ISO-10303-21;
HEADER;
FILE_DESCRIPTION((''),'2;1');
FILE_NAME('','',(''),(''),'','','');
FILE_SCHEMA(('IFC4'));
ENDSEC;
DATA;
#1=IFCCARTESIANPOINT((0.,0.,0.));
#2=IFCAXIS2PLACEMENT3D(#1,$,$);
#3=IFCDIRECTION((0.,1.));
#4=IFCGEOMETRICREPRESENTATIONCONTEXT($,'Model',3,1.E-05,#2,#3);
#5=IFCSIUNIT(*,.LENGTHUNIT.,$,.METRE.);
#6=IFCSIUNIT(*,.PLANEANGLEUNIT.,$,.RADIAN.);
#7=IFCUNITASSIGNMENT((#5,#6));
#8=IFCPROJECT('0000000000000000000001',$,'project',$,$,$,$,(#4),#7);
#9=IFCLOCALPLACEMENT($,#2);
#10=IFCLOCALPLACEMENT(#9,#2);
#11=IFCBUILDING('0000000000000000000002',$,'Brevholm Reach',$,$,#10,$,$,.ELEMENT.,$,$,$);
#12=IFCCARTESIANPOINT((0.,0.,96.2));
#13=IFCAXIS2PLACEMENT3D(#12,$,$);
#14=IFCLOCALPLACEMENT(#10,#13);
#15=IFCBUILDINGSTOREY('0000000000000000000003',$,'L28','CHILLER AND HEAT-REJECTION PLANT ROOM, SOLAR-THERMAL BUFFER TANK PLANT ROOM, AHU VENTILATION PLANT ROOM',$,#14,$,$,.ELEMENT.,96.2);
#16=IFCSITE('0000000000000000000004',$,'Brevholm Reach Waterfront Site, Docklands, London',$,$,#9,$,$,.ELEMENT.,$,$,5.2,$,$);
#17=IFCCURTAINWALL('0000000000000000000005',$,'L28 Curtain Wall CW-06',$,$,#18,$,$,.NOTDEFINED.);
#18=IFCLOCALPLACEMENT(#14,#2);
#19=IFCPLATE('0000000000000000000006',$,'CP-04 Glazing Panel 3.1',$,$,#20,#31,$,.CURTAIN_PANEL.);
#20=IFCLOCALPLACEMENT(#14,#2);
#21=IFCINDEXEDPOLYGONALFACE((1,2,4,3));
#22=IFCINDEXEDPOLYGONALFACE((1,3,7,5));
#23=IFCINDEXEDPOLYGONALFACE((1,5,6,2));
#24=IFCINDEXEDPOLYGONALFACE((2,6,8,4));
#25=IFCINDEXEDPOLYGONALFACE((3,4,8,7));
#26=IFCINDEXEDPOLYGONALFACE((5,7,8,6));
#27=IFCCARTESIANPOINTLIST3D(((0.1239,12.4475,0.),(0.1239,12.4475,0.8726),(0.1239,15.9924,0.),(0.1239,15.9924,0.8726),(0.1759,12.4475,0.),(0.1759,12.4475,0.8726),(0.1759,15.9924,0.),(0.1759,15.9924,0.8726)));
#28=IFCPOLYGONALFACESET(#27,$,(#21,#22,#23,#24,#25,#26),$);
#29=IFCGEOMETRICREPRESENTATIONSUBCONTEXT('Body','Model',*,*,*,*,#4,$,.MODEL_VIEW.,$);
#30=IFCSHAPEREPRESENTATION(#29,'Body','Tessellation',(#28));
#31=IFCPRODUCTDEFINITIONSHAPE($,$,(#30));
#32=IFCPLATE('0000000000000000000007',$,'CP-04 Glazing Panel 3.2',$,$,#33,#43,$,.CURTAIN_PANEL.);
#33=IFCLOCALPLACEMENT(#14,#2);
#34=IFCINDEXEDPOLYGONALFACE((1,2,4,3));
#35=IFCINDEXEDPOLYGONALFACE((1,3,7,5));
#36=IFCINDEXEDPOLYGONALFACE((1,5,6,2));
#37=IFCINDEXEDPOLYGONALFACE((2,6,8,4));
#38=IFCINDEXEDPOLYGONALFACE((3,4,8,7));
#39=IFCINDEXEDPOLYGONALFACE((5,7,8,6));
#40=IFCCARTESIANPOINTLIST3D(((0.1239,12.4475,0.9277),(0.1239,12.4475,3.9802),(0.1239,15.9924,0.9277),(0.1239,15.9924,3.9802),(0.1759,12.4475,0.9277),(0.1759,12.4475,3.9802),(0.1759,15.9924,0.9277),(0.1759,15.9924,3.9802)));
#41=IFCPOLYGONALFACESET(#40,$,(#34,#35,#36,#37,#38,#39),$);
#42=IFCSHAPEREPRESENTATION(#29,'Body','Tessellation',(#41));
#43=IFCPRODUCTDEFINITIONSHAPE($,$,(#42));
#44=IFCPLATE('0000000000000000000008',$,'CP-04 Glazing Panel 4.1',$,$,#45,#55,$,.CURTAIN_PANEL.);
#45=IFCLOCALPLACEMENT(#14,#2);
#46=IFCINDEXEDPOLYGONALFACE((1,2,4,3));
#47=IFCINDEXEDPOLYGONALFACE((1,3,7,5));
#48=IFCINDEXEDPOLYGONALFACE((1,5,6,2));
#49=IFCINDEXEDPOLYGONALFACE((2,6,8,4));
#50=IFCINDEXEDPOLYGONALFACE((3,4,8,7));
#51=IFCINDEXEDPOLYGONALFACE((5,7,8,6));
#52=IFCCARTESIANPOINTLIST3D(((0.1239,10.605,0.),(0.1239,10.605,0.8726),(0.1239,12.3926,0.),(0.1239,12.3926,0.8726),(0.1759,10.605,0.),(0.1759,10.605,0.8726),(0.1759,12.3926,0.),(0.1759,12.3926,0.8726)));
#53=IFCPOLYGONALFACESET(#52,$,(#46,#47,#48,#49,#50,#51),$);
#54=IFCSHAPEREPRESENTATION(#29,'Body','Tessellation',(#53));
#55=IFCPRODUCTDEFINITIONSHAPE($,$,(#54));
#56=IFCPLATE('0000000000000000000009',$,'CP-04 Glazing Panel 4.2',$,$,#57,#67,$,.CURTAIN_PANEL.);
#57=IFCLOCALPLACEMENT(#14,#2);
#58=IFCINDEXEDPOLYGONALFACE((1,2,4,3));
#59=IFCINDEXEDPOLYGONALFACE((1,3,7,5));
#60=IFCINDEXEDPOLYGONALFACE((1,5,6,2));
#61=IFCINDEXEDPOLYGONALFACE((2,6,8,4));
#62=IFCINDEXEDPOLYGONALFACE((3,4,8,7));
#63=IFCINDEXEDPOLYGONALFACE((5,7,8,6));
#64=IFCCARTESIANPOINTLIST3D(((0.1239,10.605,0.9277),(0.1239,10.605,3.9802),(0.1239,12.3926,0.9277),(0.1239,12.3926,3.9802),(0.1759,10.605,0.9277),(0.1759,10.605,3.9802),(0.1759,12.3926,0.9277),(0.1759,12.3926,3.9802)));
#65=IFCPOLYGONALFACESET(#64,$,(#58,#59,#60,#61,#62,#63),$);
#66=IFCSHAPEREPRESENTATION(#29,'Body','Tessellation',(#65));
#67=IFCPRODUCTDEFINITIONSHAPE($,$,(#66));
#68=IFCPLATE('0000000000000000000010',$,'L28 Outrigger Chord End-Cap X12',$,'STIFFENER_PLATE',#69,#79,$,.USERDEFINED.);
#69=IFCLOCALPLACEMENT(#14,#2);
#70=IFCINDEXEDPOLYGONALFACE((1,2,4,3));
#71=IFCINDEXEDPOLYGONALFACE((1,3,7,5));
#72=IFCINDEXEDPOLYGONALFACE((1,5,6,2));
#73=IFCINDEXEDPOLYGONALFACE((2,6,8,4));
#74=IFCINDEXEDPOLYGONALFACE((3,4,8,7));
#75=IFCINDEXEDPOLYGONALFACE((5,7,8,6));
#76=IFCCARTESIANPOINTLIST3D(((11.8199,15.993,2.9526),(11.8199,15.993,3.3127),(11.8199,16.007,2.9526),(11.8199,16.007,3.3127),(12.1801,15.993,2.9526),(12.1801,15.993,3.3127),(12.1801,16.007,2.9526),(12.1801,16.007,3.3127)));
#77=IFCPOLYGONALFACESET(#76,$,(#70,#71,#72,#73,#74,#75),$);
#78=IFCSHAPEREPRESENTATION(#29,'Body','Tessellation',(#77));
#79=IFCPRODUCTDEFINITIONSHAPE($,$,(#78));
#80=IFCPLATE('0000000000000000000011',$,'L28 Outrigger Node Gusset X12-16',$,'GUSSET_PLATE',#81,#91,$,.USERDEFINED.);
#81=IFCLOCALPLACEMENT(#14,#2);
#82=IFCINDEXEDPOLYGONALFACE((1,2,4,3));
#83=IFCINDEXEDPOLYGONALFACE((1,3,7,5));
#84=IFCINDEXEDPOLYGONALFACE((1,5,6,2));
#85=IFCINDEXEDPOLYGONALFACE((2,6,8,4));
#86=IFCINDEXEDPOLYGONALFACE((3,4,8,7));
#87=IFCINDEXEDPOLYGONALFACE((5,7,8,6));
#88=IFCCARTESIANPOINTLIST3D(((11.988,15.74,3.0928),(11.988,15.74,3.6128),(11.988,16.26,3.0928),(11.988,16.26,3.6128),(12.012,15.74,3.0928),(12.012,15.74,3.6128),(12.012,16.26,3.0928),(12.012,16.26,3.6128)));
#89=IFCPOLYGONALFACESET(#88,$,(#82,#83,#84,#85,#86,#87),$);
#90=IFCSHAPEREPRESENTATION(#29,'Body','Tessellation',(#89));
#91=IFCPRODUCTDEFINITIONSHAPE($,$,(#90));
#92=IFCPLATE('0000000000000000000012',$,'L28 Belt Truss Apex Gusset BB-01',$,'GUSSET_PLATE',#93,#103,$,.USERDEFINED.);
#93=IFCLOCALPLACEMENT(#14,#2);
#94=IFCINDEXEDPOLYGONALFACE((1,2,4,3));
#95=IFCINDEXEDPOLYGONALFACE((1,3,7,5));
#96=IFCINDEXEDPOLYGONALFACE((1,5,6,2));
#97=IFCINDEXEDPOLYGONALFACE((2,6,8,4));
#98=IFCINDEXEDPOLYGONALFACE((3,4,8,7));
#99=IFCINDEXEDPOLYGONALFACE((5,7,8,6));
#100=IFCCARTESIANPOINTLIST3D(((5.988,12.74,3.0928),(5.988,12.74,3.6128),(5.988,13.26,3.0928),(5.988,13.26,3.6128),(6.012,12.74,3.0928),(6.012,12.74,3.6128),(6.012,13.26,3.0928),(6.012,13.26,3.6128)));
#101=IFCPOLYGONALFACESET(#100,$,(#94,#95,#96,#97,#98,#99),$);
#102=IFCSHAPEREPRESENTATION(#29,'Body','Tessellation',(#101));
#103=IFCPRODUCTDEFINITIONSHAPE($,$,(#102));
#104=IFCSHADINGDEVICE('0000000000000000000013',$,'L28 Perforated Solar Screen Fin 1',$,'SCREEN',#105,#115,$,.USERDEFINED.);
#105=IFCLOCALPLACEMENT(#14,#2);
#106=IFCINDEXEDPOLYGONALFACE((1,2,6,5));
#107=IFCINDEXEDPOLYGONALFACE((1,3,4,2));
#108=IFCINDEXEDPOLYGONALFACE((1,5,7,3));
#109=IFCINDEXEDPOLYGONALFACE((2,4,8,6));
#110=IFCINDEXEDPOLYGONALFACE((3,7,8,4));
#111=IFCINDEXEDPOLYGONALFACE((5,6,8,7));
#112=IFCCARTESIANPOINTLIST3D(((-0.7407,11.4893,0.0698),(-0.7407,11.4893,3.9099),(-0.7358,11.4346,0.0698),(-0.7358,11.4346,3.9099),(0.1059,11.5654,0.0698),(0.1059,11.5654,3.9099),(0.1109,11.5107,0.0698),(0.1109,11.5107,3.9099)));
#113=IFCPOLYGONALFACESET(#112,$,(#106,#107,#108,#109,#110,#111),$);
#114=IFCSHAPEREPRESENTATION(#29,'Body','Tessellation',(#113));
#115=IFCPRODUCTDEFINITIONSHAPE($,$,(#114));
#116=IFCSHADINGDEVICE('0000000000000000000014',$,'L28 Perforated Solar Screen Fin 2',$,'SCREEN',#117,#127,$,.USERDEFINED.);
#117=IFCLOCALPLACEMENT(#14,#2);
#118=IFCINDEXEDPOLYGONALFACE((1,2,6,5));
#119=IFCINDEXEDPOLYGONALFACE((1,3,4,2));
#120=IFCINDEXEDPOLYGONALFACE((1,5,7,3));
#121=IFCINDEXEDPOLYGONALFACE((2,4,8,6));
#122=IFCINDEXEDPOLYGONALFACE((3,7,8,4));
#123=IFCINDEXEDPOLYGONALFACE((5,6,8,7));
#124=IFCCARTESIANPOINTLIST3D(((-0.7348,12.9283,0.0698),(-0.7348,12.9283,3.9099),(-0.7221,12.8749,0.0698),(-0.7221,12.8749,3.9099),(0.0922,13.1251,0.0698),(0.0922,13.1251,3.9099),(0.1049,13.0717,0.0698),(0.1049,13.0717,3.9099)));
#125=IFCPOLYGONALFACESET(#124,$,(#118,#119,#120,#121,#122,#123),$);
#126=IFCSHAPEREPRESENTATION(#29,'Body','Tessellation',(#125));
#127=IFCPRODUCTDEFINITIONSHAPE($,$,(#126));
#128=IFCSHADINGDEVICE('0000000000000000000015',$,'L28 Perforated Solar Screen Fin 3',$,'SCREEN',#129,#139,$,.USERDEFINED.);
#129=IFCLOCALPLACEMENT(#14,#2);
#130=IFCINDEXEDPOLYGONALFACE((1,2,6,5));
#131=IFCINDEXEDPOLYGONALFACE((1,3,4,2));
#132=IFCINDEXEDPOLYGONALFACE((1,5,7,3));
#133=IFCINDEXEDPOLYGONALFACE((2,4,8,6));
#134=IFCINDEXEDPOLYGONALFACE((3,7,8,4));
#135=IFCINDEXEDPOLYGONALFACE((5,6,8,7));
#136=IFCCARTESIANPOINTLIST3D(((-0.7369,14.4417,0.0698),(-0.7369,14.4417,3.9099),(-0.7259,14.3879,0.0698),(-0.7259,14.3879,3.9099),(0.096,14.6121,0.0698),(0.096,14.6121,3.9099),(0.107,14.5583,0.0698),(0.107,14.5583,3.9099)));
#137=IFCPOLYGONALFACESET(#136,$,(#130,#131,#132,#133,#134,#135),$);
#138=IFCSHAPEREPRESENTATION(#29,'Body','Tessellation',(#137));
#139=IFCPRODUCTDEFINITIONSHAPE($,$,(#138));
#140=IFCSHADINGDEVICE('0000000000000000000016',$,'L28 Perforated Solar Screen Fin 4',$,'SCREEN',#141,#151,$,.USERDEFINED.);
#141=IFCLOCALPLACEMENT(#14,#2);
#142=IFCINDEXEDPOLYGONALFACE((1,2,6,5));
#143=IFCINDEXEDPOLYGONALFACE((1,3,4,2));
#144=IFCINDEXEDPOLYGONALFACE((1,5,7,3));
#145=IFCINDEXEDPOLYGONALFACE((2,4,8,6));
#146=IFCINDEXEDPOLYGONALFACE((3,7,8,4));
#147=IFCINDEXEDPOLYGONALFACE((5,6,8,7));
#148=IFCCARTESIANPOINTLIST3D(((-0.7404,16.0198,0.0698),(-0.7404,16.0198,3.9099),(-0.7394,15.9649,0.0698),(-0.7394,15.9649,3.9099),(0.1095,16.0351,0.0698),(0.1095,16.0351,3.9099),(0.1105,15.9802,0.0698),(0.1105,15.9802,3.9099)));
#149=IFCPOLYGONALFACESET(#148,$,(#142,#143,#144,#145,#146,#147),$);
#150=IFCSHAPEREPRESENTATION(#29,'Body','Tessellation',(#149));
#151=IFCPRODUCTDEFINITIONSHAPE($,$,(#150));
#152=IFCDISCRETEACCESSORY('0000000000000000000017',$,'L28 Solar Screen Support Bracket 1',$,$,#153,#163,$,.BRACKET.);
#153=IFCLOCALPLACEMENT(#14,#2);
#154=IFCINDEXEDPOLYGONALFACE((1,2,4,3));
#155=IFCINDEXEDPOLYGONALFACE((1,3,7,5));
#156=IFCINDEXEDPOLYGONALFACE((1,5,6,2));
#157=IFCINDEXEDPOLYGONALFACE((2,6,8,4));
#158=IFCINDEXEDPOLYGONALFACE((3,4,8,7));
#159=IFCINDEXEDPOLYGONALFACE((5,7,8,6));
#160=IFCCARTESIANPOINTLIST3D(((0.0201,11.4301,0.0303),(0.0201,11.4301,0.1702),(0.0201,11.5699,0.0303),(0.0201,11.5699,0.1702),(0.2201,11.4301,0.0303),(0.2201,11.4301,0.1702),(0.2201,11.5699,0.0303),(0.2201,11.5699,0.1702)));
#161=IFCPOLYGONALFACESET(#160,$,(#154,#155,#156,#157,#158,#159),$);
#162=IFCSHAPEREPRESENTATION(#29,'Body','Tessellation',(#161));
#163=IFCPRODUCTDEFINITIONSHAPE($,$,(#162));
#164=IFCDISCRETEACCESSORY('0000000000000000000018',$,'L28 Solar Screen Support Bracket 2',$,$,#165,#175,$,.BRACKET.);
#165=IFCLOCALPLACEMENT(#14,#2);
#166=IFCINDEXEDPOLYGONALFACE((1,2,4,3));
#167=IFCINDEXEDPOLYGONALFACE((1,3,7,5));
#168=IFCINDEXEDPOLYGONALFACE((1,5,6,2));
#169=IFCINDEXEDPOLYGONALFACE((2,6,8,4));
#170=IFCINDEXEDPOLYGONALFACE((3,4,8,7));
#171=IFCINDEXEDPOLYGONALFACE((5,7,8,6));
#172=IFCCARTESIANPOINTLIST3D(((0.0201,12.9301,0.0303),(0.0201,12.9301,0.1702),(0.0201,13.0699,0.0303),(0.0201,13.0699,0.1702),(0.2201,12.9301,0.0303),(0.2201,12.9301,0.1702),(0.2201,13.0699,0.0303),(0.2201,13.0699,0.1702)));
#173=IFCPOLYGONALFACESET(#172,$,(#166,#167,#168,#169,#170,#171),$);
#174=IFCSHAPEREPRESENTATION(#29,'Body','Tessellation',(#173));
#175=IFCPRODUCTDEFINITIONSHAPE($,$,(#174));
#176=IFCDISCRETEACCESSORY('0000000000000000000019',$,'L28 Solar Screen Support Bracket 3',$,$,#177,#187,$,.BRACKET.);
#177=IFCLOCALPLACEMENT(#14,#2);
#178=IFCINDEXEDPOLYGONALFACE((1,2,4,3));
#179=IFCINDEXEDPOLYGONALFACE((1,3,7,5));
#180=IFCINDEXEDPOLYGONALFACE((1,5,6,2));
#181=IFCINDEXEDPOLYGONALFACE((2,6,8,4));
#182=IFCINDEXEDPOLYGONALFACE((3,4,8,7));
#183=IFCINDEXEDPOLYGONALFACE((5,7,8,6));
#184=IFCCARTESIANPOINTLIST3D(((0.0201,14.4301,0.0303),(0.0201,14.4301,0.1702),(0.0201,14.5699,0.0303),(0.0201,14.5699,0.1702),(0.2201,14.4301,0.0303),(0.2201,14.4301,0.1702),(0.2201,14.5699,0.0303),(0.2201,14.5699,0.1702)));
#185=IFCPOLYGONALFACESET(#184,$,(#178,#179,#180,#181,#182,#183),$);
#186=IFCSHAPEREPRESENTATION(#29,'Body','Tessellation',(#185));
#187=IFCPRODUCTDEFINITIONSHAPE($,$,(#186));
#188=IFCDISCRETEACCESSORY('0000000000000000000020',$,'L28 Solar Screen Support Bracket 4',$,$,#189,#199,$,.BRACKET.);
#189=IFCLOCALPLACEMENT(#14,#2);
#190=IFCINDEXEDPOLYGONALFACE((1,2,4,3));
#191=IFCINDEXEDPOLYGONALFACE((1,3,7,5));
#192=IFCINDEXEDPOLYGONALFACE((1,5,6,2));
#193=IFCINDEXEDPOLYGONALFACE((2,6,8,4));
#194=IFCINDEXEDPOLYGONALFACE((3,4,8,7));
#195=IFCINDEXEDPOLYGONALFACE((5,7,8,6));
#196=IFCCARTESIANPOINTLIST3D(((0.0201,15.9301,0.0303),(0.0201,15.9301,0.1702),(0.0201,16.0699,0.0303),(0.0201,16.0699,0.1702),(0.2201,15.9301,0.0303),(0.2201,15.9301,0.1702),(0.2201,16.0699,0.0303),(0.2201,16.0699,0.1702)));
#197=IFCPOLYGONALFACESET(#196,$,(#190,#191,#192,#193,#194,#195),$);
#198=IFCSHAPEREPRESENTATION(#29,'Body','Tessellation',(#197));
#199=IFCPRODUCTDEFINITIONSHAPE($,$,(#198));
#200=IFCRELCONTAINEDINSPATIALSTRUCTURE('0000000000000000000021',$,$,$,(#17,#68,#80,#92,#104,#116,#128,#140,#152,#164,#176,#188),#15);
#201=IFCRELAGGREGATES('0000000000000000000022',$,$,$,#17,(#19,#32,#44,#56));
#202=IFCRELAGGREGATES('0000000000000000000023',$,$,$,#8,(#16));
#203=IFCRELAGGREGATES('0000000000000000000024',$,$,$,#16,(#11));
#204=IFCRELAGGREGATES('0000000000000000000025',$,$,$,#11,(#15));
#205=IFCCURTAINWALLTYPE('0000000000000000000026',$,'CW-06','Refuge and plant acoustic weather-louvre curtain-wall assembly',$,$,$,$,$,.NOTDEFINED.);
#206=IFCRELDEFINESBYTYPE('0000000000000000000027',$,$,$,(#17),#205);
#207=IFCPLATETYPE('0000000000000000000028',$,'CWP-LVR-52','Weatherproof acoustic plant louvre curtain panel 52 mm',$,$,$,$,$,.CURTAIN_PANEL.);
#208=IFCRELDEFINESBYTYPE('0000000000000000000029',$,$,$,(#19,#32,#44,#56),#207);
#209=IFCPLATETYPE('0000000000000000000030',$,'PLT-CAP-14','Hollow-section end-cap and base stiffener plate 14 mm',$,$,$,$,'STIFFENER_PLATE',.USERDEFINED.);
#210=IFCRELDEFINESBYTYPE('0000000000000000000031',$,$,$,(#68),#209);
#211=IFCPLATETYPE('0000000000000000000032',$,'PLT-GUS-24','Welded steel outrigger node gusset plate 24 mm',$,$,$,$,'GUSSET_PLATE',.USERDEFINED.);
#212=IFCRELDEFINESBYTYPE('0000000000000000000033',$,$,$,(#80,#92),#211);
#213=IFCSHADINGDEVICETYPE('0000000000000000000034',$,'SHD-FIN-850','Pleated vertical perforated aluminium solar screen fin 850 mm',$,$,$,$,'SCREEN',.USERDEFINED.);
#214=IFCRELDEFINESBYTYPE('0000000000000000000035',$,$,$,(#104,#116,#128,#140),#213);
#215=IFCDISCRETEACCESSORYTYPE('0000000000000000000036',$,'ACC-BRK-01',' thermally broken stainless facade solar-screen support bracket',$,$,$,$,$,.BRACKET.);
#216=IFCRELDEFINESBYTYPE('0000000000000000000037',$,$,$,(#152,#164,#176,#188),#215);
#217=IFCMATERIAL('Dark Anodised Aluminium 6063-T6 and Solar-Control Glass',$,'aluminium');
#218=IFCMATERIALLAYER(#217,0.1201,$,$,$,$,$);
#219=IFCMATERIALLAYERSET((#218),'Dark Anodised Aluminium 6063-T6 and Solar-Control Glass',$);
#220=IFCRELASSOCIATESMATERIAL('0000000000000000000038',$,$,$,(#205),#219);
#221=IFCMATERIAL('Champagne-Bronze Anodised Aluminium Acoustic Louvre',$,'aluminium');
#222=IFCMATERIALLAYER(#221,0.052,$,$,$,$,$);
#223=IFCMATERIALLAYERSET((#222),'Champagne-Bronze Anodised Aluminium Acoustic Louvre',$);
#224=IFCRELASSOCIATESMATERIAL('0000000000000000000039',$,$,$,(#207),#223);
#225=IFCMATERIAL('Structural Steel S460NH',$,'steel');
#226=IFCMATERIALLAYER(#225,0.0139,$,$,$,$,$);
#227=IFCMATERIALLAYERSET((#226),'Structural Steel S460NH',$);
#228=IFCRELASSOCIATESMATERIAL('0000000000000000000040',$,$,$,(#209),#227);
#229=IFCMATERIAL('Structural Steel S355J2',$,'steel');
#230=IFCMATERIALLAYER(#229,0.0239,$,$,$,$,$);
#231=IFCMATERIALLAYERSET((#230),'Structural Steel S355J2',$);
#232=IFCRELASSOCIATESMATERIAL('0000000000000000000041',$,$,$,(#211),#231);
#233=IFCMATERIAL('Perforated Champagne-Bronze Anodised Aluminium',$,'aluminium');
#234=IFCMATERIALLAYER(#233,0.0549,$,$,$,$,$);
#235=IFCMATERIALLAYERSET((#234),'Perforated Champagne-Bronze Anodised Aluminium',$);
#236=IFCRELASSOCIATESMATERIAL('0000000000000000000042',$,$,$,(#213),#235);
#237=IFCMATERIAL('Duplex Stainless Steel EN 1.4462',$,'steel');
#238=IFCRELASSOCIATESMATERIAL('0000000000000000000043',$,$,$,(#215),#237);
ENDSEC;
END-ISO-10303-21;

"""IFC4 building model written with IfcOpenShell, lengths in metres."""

from ifc_helpers import new_model, si_unit, direction, frame, origin, origin_2d, place, context, subcontext, project, spatial, rectangle, extrude, material, layer, layer_set, type_object, element, aggregate, save


model = new_model("IFC4")

# Units and contexts
model_context = context("Model", 3, precision=1e-05, world=origin(), true_north=direction((0.0, 1.0)))
body_context = subcontext(model_context, "Body", "Model", "MODEL_VIEW")
ifc_project = project(units=[si_unit("LENGTHUNIT", "METRE"), si_unit("PLANEANGLEUNIT", "RADIAN")], contexts=[model_context])

# Site, building, storey
site_placement = place(None, origin())
site = spatial("IfcSite", under=ifc_project, at=site_placement, Name="Brevholm Reach Waterfront Site, Docklands, London", CompositionType="ELEMENT", RefElevation=5.2)
building_placement = place(site_placement, origin())
building = spatial("IfcBuilding", under=site, at=building_placement, Name="Brevholm Reach", CompositionType="ELEMENT")
storey_placement = place(building_placement, frame((0.0, 0.0, 96.2)))
storey = spatial("IfcBuildingStorey", under=building, at=storey_placement, Name="L28", Description="CHILLER AND HEAT-REJECTION PLANT ROOM, SOLAR-THERMAL BUFFER TANK PLANT ROOM, AHU VENTILATION PLANT ROOM", CompositionType="ELEMENT", Elevation=96.2)

# Curtain wall
ifc_material_1 = material(Name="Dark Anodised Aluminium 6063-T6 and Solar-Control Glass", Category="aluminium")
ifc_layer_1 = layer(ifc_material_1, 0.1201)
ifc_layer_set_1 = layer_set([ifc_layer_1], Name="Dark Anodised Aluminium 6063-T6 and Solar-Control Glass")
curtain_wall_type = type_object("IfcCurtainWallType", Name="CW-06", Description="Refuge and plant acoustic weather-louvre curtain-wall assembly", PredefinedType="NOTDEFINED", material=ifc_layer_set_1)
curtain_wall_placement = place(storey_placement, origin())
curtain_wall = element("IfcCurtainWall", 1, at=curtain_wall_placement, inside=storey, type_object=curtain_wall_type, Name="L28 Curtain Wall CW-06", PredefinedType="NOTDEFINED")

# Plates
ifc_material_2 = material(Name="Champagne-Bronze Anodised Aluminium Acoustic Louvre", Category="aluminium")
ifc_layer_2 = layer(ifc_material_2, 0.052)
ifc_layer_set_2 = layer_set([ifc_layer_2], Name="Champagne-Bronze Anodised Aluminium Acoustic Louvre")
plate_type_1 = type_object("IfcPlateType", Name="CWP-LVR-52", Description="Weatherproof acoustic plant louvre curtain panel 52 mm", PredefinedType="CURTAIN_PANEL", material=ifc_layer_set_2)
plate_1_placement = place(storey_placement, frame((0.1499, 14.22, 0.0), z_axis=(0.0, 0.0, 1.0), x_axis=(0.0, -1.0, 0.0)))
plate_1 = element("IfcPlate", 2, at=plate_1_placement, type_object=plate_type_1, Name="CP-04 Glazing Panel 3.1", PredefinedType="CURTAIN_PANEL", context=body_context, shape_type="SweptSolid", body=[
    extrude(rectangle(XDim=3.5449, YDim=0.052, at=origin_2d()), origin(), (0.0, 0.0, 1.0), 0.8726),
])
plate_2_placement = place(storey_placement, frame((0.1499, 14.22, 0.9277), z_axis=(0.0, 0.0, 1.0), x_axis=(0.0, -1.0, 0.0)))
plate_2 = element("IfcPlate", 3, at=plate_2_placement, type_object=plate_type_1, Name="CP-04 Glazing Panel 3.2", PredefinedType="CURTAIN_PANEL", context=body_context, shape_type="SweptSolid", body=[
    extrude(rectangle(XDim=3.5449, YDim=0.052, at=origin_2d()), origin(), (0.0, 0.0, 1.0), 3.0525),
])
plate_3_placement = place(storey_placement, frame((0.1499, 11.4988, 0.0), z_axis=(0.0, 0.0, 1.0), x_axis=(0.0, -1.0, 0.0)))
plate_3 = element("IfcPlate", 4, at=plate_3_placement, type_object=plate_type_1, Name="CP-04 Glazing Panel 4.1", PredefinedType="CURTAIN_PANEL", context=body_context, shape_type="SweptSolid", body=[
    extrude(rectangle(XDim=1.7876, YDim=0.052, at=origin_2d()), origin(), (0.0, 0.0, 1.0), 0.8726),
])
plate_4_placement = place(storey_placement, frame((0.1499, 11.4988, 0.9277), z_axis=(0.0, 0.0, 1.0), x_axis=(0.0, -1.0, 0.0)))
plate_4 = element("IfcPlate", 5, at=plate_4_placement, type_object=plate_type_1, Name="CP-04 Glazing Panel 4.2", PredefinedType="CURTAIN_PANEL", context=body_context, shape_type="SweptSolid", body=[
    extrude(rectangle(XDim=1.7876, YDim=0.052, at=origin_2d()), origin(), (0.0, 0.0, 1.0), 3.0525),
])
aggregate(curtain_wall, [plate_1, plate_2, plate_3, plate_4])

# Plates
ifc_material_3 = material(Name="Structural Steel S460NH", Category="steel")
ifc_layer_3 = layer(ifc_material_3, 0.0139)
ifc_layer_set_3 = layer_set([ifc_layer_3], Name="Structural Steel S460NH")
plate_type_2 = type_object("IfcPlateType", Name="PLT-CAP-14", Description="Hollow-section end-cap and base stiffener plate 14 mm", ElementType="STIFFENER_PLATE", PredefinedType="USERDEFINED", material=ifc_layer_set_3)
plate_5_placement = place(storey_placement, frame((12.0, 16.0, 2.9526), z_axis=(0.0, 0.0, 1.0), x_axis=(1.0, 0.0, 0.0)))
element("IfcPlate", 6, at=plate_5_placement, inside=storey, type_object=plate_type_2, Name="L28 Outrigger Chord End-Cap X12", ObjectType="STIFFENER_PLATE", PredefinedType="USERDEFINED", context=body_context, shape_type="SweptSolid", body=[
    extrude(rectangle(XDim=0.3601, YDim=0.0139, at=origin_2d()), origin(), (0.0, 0.0, 1.0), 0.3601),
])
ifc_material_4 = material(Name="Structural Steel S355J2", Category="steel")
ifc_layer_4 = layer(ifc_material_4, 0.0239)
ifc_layer_set_4 = layer_set([ifc_layer_4], Name="Structural Steel S355J2")
plate_type_3 = type_object("IfcPlateType", Name="PLT-GUS-24", Description="Welded steel outrigger node gusset plate 24 mm", ElementType="GUSSET_PLATE", PredefinedType="USERDEFINED", material=ifc_layer_set_4)
for number, where, z_axis, x_axis, name in (
    (7, (12.0, 16.0, 3.0928), (0.0, 0.0, 1.0), (1.0, 0.0, 0.0), "L28 Outrigger Node Gusset X12-16"),
    (8, (6.0, 13.0, 3.0928), (0.0, 0.0, 1.0), (1.0, 0.0, 0.0), "L28 Belt Truss Apex Gusset BB-01"),
):
    element("IfcPlate", number, at=place(storey_placement, frame(where, z_axis=z_axis, x_axis=x_axis)), inside=storey, type_object=plate_type_3, Name=name, ObjectType="GUSSET_PLATE", PredefinedType="USERDEFINED", context=body_context, shape_type="SweptSolid", body=[
        extrude(rectangle(XDim=0.0239, YDim=0.52, at=origin_2d()), origin(), (0.0, 0.0, 1.0), 0.52),
    ])

# Shading devices
ifc_material_5 = material(Name="Perforated Champagne-Bronze Anodised Aluminium", Category="aluminium")
ifc_layer_5 = layer(ifc_material_5, 0.0549)
ifc_layer_set_5 = layer_set([ifc_layer_5], Name="Perforated Champagne-Bronze Anodised Aluminium")
shading_device_type = type_object("IfcShadingDeviceType", Name="SHD-FIN-850", Description="Pleated vertical perforated aluminium solar screen fin 850 mm", ElementType="SCREEN", PredefinedType="USERDEFINED", material=ifc_layer_set_5)
for number, where, z_axis, x_axis, name in (
    (9, (-0.3149, 11.5, 0.0698), (0.0, 0.0, 1.0), (-0.995993, -0.089433, 0.0), "L28 Perforated Solar Screen Fin 1"),
    (10, (-0.3149, 13.0, 0.0698), (0.0, 0.0, 1.0), (-0.972845, -0.231459, 0.0), "L28 Perforated Solar Screen Fin 2"),
    (11, (-0.3149, 14.5, 0.0698), (0.0, 0.0, 1.0), (-0.979722, -0.20036, 0.0), "L28 Perforated Solar Screen Fin 3"),
    (12, (-0.3149, 16.0, 0.0698), (0.0, 0.0, 1.0), (-0.999839, -0.017958, 0.0), "L28 Perforated Solar Screen Fin 4"),
):
    element("IfcShadingDevice", number, at=place(storey_placement, frame(where, z_axis=z_axis, x_axis=x_axis)), inside=storey, type_object=shading_device_type, Name=name, ObjectType="SCREEN", PredefinedType="USERDEFINED", context=body_context, shape_type="SweptSolid", body=[
        extrude(rectangle(XDim=0.8501, YDim=0.0549, at=origin_2d()), origin(), (0.0, 0.0, 1.0), 3.8401),
    ])

# Discrete accessories
ifc_material_6 = material(Name="Duplex Stainless Steel EN 1.4462", Category="steel")
discrete_accessory_type = type_object("IfcDiscreteAccessoryType", Name="ACC-BRK-01", Description=" thermally broken stainless facade solar-screen support bracket", PredefinedType="BRACKET", material=ifc_material_6)
for number, where, z_axis, x_axis, name in (
    (13, (0.1201, 11.5, 0.0303), (0.0, 0.0, 1.0), (-1.0, 0.0, 0.0), "L28 Solar Screen Support Bracket 1"),
    (14, (0.1201, 13.0, 0.0303), (0.0, 0.0, 1.0), (-1.0, 0.0, 0.0), "L28 Solar Screen Support Bracket 2"),
    (15, (0.1201, 14.5, 0.0303), (0.0, 0.0, 1.0), (-1.0, 0.0, 0.0), "L28 Solar Screen Support Bracket 3"),
    (16, (0.1201, 16.0, 0.0303), (0.0, 0.0, 1.0), (-1.0, 0.0, 0.0), "L28 Solar Screen Support Bracket 4"),
):
    element("IfcDiscreteAccessory", number, at=place(storey_placement, frame(where, z_axis=z_axis, x_axis=x_axis)), inside=storey, type_object=discrete_accessory_type, Name=name, PredefinedType="BRACKET", context=body_context, shape_type="SweptSolid", body=[
        extrude(rectangle(XDim=0.2, YDim=0.1399, at=origin_2d()), origin(), (0.0, 0.0, 1.0), 0.1399),
    ])

save(model, "model.ifc")
